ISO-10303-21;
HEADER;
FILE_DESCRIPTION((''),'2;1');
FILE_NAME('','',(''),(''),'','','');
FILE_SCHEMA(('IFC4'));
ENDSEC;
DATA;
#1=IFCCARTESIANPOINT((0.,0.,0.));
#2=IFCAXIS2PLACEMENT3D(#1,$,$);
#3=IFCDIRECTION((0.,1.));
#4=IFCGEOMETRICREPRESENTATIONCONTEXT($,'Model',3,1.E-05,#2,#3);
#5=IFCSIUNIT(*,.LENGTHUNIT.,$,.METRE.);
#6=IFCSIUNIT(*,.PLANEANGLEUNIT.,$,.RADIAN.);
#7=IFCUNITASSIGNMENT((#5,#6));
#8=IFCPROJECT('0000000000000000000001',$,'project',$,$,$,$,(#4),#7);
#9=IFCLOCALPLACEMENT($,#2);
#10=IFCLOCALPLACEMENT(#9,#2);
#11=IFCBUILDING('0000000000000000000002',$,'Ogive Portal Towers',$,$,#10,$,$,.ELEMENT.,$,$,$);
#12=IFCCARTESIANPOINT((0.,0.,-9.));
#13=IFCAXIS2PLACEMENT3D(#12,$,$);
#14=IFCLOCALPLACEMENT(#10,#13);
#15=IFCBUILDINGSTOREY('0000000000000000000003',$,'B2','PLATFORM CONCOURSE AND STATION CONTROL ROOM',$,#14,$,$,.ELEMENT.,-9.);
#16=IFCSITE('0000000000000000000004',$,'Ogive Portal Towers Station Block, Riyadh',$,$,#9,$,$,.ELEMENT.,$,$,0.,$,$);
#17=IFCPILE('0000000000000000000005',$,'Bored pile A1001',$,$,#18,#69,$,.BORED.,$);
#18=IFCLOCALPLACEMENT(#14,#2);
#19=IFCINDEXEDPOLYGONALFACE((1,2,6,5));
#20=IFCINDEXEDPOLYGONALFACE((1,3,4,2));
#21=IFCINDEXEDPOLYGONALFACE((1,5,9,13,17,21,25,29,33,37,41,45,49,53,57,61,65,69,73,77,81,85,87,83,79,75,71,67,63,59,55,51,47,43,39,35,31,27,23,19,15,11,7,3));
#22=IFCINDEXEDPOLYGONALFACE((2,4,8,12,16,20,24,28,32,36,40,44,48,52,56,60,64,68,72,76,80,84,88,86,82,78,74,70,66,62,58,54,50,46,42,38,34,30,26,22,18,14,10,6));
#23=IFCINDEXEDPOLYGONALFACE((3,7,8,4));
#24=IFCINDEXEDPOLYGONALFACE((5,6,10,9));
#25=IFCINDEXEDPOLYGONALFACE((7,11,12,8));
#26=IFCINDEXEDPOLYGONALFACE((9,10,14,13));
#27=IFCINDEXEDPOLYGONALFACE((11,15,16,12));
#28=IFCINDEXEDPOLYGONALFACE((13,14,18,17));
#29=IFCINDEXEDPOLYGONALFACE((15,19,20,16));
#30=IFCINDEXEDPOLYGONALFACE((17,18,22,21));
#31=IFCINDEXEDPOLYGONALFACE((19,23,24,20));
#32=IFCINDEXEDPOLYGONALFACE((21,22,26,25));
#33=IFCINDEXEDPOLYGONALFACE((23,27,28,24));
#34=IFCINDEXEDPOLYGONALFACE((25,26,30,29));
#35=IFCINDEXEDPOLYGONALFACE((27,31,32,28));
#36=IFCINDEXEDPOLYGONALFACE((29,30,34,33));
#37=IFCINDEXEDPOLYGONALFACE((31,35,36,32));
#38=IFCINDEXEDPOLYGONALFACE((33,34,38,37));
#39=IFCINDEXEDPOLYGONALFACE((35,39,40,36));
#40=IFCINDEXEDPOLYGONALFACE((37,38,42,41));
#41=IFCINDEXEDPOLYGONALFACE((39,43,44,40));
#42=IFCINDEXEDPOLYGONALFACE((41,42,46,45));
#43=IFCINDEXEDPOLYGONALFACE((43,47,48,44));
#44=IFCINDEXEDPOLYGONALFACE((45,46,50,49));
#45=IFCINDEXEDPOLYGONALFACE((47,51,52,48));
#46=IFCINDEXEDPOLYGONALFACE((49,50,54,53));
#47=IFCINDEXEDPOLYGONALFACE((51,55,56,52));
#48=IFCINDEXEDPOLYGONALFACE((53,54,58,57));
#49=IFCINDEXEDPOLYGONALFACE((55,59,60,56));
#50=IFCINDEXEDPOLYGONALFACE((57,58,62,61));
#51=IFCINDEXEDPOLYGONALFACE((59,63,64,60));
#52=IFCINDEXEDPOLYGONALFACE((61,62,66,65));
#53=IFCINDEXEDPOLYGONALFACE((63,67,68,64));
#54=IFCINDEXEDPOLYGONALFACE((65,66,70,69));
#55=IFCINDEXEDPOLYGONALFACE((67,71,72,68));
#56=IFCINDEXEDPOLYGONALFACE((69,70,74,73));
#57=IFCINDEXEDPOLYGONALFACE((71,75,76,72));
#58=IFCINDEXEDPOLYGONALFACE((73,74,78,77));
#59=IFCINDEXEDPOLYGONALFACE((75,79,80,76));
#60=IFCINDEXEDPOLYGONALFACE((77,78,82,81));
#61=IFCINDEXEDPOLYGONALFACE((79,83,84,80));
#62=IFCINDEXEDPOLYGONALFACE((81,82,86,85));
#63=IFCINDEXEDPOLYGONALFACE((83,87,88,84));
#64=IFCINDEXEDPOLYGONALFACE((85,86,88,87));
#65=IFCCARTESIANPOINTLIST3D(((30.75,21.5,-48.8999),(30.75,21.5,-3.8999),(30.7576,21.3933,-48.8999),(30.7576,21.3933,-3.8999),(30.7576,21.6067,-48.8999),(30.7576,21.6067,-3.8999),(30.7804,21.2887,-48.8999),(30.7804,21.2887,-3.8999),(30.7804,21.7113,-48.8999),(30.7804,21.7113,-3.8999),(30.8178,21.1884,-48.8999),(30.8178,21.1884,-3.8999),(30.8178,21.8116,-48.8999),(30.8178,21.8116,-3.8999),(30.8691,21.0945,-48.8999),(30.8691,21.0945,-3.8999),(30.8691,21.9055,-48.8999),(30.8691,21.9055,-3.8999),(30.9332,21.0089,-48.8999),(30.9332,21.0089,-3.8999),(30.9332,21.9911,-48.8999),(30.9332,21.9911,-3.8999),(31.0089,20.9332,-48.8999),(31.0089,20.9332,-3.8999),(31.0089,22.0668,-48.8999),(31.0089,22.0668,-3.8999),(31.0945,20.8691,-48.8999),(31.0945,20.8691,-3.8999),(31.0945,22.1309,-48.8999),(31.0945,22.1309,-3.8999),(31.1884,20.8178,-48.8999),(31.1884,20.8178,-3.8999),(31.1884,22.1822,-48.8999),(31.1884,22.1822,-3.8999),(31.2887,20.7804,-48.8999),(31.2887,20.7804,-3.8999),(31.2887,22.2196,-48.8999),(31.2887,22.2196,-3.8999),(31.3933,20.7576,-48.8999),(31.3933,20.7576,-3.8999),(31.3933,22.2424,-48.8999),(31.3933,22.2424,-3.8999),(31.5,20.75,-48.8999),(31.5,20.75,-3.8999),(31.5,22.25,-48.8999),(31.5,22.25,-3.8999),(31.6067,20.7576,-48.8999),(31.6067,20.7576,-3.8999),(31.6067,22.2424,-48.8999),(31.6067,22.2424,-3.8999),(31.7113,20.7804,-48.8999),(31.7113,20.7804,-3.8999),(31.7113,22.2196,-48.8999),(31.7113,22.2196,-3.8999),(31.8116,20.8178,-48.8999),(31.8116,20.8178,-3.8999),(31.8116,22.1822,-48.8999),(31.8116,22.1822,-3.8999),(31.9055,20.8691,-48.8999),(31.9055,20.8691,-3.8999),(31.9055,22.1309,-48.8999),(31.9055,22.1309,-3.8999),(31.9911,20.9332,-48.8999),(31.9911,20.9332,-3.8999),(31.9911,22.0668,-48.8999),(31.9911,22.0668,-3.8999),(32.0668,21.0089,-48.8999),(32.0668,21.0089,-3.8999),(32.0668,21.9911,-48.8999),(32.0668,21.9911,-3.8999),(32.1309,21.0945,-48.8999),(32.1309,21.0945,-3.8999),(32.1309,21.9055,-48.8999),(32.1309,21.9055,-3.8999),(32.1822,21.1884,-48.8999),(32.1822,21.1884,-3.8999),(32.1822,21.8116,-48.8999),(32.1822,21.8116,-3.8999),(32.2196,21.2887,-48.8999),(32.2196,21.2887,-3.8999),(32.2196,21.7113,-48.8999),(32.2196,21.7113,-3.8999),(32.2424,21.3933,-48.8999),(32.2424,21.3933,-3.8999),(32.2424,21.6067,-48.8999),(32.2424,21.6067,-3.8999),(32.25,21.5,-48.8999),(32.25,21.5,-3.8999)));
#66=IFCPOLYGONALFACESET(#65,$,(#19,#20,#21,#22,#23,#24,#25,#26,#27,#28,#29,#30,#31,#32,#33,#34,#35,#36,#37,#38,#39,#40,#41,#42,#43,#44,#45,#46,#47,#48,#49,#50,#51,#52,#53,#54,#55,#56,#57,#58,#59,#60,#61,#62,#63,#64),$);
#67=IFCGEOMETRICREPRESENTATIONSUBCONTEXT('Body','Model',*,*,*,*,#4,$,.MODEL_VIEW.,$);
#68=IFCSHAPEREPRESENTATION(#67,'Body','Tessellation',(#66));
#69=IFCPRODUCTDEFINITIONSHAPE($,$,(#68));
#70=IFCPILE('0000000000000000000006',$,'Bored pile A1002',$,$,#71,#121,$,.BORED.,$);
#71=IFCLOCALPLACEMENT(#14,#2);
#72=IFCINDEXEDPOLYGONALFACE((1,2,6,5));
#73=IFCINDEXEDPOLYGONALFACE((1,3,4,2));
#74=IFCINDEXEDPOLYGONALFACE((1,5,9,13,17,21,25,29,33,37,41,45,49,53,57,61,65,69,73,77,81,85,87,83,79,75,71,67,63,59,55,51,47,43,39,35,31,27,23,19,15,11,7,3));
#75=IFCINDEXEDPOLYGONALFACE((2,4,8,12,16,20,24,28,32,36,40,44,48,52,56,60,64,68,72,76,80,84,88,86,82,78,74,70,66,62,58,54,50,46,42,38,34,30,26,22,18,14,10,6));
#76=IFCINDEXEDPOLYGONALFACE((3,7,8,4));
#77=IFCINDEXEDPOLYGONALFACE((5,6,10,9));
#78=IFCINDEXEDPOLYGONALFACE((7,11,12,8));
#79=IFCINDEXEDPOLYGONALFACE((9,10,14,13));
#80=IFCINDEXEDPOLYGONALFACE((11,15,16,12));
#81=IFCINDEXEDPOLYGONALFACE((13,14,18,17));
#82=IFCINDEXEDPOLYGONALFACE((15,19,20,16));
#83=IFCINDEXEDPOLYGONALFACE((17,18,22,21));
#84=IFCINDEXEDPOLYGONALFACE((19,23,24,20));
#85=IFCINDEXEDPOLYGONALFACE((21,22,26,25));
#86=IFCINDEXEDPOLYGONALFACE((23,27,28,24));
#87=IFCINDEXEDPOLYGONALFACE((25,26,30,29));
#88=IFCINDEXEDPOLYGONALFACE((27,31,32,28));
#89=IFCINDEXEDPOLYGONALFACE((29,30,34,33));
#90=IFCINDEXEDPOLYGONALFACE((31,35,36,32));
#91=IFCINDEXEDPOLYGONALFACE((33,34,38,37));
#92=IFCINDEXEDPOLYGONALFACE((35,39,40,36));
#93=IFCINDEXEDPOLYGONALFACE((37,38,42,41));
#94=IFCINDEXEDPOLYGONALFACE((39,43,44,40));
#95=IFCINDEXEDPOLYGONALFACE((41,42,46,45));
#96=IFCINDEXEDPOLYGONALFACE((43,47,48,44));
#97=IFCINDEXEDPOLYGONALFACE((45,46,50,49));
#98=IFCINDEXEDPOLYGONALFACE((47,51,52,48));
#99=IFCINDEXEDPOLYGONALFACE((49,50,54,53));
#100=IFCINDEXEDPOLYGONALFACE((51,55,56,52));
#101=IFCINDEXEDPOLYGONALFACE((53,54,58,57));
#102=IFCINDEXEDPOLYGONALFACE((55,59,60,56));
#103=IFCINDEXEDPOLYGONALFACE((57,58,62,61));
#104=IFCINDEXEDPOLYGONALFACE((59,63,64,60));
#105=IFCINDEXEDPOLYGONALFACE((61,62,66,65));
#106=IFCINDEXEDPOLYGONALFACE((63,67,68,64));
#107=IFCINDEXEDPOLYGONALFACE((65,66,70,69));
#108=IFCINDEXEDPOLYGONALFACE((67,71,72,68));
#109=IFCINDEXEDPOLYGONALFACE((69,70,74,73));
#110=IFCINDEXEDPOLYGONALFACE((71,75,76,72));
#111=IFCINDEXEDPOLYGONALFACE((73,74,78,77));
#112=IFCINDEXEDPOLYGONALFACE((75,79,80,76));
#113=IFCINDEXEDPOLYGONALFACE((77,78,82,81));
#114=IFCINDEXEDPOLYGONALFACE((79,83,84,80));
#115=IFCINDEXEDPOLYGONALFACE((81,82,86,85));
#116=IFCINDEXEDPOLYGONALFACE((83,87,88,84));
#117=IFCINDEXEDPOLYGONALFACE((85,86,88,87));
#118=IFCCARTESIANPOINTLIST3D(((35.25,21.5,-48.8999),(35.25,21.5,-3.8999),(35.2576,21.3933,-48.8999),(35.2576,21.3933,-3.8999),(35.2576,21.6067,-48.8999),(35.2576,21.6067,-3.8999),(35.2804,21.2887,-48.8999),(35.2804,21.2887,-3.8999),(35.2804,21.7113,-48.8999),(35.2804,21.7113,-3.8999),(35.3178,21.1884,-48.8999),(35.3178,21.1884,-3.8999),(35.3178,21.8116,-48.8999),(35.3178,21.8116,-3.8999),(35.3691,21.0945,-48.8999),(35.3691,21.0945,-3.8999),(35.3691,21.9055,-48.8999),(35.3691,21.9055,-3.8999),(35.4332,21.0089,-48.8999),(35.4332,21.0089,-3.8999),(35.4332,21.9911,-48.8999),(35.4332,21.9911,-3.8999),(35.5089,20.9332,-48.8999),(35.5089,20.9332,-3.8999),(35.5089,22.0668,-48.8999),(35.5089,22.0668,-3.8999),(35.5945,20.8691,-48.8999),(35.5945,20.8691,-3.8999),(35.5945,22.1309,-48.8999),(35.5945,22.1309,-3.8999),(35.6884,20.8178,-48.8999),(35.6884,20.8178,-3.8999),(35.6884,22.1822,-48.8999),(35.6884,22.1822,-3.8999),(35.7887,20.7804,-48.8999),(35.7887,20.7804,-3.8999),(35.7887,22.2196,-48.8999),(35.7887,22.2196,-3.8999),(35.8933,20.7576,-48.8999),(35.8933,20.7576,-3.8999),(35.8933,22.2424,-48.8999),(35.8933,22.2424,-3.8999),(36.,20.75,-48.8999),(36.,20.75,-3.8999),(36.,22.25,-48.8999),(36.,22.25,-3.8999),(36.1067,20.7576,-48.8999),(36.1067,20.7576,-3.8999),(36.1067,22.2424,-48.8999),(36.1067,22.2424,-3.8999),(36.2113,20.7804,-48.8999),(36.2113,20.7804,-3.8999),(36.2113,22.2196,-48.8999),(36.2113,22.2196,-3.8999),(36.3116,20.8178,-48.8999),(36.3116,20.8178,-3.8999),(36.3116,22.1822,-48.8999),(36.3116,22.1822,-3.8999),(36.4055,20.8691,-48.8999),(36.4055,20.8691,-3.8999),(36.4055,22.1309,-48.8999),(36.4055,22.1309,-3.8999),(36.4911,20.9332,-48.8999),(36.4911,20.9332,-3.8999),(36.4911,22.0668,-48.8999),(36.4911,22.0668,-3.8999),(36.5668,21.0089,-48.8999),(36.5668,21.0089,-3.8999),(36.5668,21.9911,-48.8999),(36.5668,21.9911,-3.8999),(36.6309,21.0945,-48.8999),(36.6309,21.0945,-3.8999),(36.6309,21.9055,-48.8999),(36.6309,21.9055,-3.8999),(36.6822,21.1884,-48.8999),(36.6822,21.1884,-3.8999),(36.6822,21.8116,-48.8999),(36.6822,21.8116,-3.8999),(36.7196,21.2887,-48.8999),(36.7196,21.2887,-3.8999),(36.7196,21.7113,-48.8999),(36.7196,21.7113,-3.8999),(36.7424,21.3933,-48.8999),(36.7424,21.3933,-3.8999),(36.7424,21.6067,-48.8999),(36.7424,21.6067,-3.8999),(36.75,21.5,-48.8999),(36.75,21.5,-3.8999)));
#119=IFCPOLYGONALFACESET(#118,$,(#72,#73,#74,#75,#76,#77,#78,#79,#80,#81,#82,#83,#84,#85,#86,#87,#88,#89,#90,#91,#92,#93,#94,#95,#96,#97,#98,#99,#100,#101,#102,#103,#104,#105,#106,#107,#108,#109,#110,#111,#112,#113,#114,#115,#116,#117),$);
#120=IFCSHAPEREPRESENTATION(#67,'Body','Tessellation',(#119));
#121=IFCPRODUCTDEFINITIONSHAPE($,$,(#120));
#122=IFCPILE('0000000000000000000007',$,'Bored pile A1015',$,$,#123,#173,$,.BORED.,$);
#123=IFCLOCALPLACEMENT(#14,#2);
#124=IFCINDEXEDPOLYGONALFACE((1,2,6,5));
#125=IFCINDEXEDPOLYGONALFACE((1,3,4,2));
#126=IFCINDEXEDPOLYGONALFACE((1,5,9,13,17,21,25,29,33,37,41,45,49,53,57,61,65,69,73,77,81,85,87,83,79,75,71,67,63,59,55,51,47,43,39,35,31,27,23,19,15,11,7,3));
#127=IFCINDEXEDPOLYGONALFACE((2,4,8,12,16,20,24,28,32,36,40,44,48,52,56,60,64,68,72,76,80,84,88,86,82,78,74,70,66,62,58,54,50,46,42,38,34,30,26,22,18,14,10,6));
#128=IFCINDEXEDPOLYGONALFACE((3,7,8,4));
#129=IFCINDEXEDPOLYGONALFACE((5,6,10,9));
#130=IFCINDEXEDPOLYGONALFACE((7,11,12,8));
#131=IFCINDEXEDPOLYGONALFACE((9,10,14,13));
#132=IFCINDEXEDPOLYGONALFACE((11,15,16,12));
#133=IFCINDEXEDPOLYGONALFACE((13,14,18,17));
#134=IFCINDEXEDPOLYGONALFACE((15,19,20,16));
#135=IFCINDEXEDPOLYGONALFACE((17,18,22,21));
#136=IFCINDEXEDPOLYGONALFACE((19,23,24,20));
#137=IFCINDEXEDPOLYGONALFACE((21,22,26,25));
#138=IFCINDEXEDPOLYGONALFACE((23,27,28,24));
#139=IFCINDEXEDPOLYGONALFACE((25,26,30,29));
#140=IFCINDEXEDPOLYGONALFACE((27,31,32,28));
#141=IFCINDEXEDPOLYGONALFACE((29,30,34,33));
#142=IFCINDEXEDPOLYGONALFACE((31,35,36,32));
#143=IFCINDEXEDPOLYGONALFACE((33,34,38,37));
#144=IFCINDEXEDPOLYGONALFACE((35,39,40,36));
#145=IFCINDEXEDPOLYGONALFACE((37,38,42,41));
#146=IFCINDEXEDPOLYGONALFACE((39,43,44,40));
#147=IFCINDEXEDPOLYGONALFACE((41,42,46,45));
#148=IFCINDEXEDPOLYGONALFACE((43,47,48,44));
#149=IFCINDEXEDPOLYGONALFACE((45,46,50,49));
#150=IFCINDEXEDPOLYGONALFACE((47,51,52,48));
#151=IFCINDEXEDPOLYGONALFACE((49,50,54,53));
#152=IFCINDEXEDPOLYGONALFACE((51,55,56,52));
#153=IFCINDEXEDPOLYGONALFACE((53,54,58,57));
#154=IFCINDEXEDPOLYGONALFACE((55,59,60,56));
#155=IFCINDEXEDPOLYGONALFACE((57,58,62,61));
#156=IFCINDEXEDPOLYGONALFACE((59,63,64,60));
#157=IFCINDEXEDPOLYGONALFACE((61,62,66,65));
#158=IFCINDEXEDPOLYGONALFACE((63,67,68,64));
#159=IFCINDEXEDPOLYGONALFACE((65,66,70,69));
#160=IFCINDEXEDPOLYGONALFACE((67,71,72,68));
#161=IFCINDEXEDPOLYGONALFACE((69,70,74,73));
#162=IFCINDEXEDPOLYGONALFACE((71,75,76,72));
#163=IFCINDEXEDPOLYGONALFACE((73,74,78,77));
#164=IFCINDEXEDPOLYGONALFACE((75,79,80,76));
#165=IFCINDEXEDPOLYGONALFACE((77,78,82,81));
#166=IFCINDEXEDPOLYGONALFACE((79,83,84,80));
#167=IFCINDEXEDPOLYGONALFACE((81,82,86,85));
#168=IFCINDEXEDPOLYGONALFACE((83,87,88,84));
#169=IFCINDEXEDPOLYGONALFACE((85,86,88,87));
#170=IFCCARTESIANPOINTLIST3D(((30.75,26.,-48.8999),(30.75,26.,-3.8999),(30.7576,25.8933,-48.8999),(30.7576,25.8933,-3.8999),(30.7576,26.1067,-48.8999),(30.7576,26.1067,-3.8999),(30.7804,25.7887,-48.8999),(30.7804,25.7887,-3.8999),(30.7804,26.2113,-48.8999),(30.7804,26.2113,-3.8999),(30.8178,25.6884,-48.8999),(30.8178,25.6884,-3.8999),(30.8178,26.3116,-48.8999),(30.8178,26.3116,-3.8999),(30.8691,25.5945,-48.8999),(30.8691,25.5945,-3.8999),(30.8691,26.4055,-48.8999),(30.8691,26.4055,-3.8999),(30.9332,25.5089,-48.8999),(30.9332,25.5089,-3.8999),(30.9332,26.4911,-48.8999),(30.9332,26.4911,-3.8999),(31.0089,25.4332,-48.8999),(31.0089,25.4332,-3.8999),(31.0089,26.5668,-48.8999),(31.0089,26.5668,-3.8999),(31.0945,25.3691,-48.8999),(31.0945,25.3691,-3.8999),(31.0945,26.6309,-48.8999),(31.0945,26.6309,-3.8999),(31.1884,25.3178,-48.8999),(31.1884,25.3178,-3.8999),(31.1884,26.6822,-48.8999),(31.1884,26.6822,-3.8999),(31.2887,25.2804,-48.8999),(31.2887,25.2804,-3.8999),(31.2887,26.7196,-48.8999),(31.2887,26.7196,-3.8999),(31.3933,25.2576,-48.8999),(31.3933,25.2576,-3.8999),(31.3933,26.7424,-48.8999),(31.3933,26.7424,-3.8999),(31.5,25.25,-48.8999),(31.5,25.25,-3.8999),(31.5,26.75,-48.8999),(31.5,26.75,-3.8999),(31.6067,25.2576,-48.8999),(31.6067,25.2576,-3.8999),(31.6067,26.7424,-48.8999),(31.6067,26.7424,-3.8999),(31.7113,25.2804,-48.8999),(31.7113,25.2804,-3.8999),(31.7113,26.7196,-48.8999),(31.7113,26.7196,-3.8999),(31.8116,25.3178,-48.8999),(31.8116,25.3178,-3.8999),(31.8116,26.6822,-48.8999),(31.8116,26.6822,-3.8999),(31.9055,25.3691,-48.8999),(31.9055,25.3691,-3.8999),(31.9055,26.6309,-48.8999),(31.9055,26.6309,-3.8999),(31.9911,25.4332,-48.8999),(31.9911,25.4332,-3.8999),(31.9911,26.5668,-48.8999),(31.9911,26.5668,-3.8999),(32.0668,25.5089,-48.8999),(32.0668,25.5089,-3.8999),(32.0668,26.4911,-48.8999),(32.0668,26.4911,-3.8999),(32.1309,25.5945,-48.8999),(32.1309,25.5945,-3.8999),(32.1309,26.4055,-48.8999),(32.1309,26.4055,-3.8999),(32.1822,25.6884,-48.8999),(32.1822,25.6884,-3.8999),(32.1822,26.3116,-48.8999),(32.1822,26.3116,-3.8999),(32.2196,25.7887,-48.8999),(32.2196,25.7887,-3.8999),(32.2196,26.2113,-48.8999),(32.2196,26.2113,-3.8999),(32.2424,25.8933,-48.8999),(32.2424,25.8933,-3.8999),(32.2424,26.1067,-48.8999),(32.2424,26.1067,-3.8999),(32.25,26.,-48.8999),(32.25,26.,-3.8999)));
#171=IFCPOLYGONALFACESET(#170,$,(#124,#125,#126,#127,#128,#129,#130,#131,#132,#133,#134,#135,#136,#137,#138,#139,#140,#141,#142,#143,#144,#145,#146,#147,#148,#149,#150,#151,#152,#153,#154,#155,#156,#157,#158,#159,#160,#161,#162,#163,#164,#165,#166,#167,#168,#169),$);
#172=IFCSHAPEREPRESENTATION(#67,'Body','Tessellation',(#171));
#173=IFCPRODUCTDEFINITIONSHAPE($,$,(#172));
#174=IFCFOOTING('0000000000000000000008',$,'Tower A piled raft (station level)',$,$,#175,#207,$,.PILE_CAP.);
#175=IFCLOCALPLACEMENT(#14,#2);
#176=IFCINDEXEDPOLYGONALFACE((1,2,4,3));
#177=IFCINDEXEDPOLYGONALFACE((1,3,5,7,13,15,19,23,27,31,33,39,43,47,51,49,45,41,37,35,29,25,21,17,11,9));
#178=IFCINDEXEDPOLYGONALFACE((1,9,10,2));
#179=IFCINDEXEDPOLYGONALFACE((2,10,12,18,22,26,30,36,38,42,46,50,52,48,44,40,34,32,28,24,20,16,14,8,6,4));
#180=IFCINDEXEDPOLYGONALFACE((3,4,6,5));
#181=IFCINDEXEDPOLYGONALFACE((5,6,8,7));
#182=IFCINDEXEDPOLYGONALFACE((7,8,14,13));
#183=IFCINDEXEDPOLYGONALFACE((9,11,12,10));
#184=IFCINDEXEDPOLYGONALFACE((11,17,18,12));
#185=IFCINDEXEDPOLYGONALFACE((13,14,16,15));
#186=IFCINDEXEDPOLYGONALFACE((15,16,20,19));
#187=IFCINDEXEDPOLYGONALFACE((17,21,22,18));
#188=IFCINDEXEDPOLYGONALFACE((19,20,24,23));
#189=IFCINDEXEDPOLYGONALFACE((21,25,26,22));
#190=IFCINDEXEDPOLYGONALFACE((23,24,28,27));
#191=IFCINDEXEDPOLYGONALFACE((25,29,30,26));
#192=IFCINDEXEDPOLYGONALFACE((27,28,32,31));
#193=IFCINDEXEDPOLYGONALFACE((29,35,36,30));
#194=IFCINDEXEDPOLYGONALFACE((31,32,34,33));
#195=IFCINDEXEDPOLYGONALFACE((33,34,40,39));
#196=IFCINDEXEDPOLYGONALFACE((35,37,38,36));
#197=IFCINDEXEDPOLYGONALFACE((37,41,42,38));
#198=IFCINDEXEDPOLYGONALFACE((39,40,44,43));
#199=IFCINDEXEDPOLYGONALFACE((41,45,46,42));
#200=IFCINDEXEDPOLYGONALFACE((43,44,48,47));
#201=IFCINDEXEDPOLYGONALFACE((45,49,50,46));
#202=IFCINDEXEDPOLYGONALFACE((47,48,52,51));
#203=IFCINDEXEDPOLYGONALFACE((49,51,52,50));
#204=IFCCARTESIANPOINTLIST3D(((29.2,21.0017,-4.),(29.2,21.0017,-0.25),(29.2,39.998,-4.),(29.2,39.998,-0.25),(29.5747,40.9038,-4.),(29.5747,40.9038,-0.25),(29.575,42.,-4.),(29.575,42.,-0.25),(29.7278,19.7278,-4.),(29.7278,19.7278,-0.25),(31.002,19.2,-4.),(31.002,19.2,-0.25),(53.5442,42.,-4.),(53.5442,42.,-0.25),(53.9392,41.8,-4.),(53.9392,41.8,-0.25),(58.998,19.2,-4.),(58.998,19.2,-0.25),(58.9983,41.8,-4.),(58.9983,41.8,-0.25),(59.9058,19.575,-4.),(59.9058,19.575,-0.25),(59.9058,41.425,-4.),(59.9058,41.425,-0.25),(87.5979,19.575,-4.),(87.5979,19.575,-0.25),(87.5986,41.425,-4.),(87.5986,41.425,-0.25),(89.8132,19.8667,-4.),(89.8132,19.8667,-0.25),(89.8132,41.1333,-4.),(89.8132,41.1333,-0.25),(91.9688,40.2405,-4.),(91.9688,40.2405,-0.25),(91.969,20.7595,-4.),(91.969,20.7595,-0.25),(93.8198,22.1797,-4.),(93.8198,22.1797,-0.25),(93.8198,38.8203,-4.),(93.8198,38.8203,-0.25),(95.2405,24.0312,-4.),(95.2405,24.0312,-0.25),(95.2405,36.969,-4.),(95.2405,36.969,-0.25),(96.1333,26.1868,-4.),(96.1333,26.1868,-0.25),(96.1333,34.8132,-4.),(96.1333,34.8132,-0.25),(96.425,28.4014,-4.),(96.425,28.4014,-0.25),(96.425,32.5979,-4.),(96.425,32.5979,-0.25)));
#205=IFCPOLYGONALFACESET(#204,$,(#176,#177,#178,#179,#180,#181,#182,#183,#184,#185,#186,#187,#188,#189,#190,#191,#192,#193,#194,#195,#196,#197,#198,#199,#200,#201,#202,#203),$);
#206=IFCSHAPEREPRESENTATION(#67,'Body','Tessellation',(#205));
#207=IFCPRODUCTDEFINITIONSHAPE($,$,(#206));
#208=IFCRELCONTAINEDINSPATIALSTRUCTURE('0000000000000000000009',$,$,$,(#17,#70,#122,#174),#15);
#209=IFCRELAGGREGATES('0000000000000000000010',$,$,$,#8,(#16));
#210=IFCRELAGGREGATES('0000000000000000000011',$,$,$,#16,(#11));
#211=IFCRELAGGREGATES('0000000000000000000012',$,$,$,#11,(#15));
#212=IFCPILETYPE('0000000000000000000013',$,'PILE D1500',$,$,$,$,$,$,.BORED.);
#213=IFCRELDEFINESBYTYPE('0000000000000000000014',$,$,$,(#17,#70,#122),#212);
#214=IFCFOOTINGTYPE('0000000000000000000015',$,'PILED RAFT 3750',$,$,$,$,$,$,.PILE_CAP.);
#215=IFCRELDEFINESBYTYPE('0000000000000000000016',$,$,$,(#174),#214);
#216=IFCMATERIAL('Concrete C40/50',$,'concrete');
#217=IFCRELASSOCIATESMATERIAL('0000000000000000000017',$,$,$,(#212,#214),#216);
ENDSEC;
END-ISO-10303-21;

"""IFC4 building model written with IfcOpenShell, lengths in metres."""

from ifc_helpers import new_model, si_unit, direction, frame, origin, origin_2d, place, context, subcontext, project, spatial, polyline, circle, outline, extrude, material, material_profile, profile_set, type_object, element, save


model = new_model("IFC4")

# Units and contexts
model_context = context("Model", 3, precision=1e-05, world=origin(), true_north=direction((0.0, 1.0)))
body_context = subcontext(model_context, "Body", "Model", "MODEL_VIEW")
ifc_project = project(units=[si_unit("LENGTHUNIT", "METRE"), si_unit("PLANEANGLEUNIT", "RADIAN")], contexts=[model_context])

# Site, building, storey
site_placement = place(None, origin())
site = spatial("IfcSite", under=ifc_project, at=site_placement, Name="Ogive Portal Towers Station Block, Riyadh", CompositionType="ELEMENT", RefElevation=0.0)
building_placement = place(site_placement, origin())
building = spatial("IfcBuilding", under=site, at=building_placement, Name="Ogive Portal Towers", CompositionType="ELEMENT")
storey_placement = place(building_placement, frame((0.0, 0.0, -9.0)))
storey = spatial("IfcBuildingStorey", under=building, at=storey_placement, Name="B2", Description="PLATFORM CONCOURSE AND STATION CONTROL ROOM", CompositionType="ELEMENT", Elevation=-9.0)

# Piles
ifc_material_1 = material(Name="Concrete C40/50", Category="concrete")
ifc_material_profile_1 = material_profile(ifc_material_1, circle(Radius=0.75, at=origin_2d()), Name="PILE D1500")
ifc_profile_set_1 = profile_set([ifc_material_profile_1], Name="Concrete C40/50")
pile_type = type_object("IfcPileType", Name="PILE D1500", PredefinedType="BORED", material=ifc_profile_set_1)
for number, where, z_axis, x_axis, name in (
    (1, (31.5, 21.5, -3.8999), (0.0, 0.0, -1.0), (1.0, 0.0, 0.0), "Bored pile A1001"),
    (2, (36.0, 21.5, -3.8999), (0.0, 0.0, -1.0), (1.0, 0.0, 0.0), "Bored pile A1002"),
    (3, (31.5, 26.0, -3.8999), (0.0, 0.0, -1.0), (1.0, 0.0, 0.0), "Bored pile A1015"),
):
    element("IfcPile", number, at=place(storey_placement, frame(where, z_axis=z_axis, x_axis=x_axis)), inside=storey, type_object=pile_type, Name=name, PredefinedType="BORED", context=body_context, shape_type="SweptSolid", body=[
        extrude(circle(Radius=0.75, at=origin_2d()), origin(), (0.0, 0.0, 1.0), 45.0),
    ])

# Footing
footing_type_1 = type_object("IfcFootingType", Name="PILED RAFT 3750", PredefinedType="PILE_CAP", material=ifc_material_1)
footing_1_placement = place(storey_placement, frame((0.0, 0.0, -4.0)))
element("IfcFooting", 4, at=footing_1_placement, inside=storey, type_object=footing_type_1, Name="Tower A piled raft (station level)", PredefinedType="PILE_CAP", context=body_context, shape_type="SweptSolid", body=[
    extrude(outline(polyline([(29.2, 21.0017), (29.7278, 19.7278), (31.002, 19.2), (58.998, 19.2), (59.9058, 19.575), (87.5979, 19.575), (89.8132, 19.8667), (91.969, 20.7595), (93.8198, 22.1797), (95.2405, 24.0312), (96.1333, 26.1868), (96.425, 28.4014), (96.425, 32.5979), (96.1333, 34.8132), (95.2405, 36.969), (93.8198, 38.8203), (91.9688, 40.2405), (89.8132, 41.1333), (87.5986, 41.425), (59.9058, 41.425), (58.9983, 41.8), (53.9392, 41.8), (53.5442, 42.0), (29.575, 42.0), (29.5747, 40.9038), (29.2, 39.998), (29.2, 21.0017)])), origin(), (0.0, 0.0, 1.0), 3.75),
])

save(model, "model.ifc")
